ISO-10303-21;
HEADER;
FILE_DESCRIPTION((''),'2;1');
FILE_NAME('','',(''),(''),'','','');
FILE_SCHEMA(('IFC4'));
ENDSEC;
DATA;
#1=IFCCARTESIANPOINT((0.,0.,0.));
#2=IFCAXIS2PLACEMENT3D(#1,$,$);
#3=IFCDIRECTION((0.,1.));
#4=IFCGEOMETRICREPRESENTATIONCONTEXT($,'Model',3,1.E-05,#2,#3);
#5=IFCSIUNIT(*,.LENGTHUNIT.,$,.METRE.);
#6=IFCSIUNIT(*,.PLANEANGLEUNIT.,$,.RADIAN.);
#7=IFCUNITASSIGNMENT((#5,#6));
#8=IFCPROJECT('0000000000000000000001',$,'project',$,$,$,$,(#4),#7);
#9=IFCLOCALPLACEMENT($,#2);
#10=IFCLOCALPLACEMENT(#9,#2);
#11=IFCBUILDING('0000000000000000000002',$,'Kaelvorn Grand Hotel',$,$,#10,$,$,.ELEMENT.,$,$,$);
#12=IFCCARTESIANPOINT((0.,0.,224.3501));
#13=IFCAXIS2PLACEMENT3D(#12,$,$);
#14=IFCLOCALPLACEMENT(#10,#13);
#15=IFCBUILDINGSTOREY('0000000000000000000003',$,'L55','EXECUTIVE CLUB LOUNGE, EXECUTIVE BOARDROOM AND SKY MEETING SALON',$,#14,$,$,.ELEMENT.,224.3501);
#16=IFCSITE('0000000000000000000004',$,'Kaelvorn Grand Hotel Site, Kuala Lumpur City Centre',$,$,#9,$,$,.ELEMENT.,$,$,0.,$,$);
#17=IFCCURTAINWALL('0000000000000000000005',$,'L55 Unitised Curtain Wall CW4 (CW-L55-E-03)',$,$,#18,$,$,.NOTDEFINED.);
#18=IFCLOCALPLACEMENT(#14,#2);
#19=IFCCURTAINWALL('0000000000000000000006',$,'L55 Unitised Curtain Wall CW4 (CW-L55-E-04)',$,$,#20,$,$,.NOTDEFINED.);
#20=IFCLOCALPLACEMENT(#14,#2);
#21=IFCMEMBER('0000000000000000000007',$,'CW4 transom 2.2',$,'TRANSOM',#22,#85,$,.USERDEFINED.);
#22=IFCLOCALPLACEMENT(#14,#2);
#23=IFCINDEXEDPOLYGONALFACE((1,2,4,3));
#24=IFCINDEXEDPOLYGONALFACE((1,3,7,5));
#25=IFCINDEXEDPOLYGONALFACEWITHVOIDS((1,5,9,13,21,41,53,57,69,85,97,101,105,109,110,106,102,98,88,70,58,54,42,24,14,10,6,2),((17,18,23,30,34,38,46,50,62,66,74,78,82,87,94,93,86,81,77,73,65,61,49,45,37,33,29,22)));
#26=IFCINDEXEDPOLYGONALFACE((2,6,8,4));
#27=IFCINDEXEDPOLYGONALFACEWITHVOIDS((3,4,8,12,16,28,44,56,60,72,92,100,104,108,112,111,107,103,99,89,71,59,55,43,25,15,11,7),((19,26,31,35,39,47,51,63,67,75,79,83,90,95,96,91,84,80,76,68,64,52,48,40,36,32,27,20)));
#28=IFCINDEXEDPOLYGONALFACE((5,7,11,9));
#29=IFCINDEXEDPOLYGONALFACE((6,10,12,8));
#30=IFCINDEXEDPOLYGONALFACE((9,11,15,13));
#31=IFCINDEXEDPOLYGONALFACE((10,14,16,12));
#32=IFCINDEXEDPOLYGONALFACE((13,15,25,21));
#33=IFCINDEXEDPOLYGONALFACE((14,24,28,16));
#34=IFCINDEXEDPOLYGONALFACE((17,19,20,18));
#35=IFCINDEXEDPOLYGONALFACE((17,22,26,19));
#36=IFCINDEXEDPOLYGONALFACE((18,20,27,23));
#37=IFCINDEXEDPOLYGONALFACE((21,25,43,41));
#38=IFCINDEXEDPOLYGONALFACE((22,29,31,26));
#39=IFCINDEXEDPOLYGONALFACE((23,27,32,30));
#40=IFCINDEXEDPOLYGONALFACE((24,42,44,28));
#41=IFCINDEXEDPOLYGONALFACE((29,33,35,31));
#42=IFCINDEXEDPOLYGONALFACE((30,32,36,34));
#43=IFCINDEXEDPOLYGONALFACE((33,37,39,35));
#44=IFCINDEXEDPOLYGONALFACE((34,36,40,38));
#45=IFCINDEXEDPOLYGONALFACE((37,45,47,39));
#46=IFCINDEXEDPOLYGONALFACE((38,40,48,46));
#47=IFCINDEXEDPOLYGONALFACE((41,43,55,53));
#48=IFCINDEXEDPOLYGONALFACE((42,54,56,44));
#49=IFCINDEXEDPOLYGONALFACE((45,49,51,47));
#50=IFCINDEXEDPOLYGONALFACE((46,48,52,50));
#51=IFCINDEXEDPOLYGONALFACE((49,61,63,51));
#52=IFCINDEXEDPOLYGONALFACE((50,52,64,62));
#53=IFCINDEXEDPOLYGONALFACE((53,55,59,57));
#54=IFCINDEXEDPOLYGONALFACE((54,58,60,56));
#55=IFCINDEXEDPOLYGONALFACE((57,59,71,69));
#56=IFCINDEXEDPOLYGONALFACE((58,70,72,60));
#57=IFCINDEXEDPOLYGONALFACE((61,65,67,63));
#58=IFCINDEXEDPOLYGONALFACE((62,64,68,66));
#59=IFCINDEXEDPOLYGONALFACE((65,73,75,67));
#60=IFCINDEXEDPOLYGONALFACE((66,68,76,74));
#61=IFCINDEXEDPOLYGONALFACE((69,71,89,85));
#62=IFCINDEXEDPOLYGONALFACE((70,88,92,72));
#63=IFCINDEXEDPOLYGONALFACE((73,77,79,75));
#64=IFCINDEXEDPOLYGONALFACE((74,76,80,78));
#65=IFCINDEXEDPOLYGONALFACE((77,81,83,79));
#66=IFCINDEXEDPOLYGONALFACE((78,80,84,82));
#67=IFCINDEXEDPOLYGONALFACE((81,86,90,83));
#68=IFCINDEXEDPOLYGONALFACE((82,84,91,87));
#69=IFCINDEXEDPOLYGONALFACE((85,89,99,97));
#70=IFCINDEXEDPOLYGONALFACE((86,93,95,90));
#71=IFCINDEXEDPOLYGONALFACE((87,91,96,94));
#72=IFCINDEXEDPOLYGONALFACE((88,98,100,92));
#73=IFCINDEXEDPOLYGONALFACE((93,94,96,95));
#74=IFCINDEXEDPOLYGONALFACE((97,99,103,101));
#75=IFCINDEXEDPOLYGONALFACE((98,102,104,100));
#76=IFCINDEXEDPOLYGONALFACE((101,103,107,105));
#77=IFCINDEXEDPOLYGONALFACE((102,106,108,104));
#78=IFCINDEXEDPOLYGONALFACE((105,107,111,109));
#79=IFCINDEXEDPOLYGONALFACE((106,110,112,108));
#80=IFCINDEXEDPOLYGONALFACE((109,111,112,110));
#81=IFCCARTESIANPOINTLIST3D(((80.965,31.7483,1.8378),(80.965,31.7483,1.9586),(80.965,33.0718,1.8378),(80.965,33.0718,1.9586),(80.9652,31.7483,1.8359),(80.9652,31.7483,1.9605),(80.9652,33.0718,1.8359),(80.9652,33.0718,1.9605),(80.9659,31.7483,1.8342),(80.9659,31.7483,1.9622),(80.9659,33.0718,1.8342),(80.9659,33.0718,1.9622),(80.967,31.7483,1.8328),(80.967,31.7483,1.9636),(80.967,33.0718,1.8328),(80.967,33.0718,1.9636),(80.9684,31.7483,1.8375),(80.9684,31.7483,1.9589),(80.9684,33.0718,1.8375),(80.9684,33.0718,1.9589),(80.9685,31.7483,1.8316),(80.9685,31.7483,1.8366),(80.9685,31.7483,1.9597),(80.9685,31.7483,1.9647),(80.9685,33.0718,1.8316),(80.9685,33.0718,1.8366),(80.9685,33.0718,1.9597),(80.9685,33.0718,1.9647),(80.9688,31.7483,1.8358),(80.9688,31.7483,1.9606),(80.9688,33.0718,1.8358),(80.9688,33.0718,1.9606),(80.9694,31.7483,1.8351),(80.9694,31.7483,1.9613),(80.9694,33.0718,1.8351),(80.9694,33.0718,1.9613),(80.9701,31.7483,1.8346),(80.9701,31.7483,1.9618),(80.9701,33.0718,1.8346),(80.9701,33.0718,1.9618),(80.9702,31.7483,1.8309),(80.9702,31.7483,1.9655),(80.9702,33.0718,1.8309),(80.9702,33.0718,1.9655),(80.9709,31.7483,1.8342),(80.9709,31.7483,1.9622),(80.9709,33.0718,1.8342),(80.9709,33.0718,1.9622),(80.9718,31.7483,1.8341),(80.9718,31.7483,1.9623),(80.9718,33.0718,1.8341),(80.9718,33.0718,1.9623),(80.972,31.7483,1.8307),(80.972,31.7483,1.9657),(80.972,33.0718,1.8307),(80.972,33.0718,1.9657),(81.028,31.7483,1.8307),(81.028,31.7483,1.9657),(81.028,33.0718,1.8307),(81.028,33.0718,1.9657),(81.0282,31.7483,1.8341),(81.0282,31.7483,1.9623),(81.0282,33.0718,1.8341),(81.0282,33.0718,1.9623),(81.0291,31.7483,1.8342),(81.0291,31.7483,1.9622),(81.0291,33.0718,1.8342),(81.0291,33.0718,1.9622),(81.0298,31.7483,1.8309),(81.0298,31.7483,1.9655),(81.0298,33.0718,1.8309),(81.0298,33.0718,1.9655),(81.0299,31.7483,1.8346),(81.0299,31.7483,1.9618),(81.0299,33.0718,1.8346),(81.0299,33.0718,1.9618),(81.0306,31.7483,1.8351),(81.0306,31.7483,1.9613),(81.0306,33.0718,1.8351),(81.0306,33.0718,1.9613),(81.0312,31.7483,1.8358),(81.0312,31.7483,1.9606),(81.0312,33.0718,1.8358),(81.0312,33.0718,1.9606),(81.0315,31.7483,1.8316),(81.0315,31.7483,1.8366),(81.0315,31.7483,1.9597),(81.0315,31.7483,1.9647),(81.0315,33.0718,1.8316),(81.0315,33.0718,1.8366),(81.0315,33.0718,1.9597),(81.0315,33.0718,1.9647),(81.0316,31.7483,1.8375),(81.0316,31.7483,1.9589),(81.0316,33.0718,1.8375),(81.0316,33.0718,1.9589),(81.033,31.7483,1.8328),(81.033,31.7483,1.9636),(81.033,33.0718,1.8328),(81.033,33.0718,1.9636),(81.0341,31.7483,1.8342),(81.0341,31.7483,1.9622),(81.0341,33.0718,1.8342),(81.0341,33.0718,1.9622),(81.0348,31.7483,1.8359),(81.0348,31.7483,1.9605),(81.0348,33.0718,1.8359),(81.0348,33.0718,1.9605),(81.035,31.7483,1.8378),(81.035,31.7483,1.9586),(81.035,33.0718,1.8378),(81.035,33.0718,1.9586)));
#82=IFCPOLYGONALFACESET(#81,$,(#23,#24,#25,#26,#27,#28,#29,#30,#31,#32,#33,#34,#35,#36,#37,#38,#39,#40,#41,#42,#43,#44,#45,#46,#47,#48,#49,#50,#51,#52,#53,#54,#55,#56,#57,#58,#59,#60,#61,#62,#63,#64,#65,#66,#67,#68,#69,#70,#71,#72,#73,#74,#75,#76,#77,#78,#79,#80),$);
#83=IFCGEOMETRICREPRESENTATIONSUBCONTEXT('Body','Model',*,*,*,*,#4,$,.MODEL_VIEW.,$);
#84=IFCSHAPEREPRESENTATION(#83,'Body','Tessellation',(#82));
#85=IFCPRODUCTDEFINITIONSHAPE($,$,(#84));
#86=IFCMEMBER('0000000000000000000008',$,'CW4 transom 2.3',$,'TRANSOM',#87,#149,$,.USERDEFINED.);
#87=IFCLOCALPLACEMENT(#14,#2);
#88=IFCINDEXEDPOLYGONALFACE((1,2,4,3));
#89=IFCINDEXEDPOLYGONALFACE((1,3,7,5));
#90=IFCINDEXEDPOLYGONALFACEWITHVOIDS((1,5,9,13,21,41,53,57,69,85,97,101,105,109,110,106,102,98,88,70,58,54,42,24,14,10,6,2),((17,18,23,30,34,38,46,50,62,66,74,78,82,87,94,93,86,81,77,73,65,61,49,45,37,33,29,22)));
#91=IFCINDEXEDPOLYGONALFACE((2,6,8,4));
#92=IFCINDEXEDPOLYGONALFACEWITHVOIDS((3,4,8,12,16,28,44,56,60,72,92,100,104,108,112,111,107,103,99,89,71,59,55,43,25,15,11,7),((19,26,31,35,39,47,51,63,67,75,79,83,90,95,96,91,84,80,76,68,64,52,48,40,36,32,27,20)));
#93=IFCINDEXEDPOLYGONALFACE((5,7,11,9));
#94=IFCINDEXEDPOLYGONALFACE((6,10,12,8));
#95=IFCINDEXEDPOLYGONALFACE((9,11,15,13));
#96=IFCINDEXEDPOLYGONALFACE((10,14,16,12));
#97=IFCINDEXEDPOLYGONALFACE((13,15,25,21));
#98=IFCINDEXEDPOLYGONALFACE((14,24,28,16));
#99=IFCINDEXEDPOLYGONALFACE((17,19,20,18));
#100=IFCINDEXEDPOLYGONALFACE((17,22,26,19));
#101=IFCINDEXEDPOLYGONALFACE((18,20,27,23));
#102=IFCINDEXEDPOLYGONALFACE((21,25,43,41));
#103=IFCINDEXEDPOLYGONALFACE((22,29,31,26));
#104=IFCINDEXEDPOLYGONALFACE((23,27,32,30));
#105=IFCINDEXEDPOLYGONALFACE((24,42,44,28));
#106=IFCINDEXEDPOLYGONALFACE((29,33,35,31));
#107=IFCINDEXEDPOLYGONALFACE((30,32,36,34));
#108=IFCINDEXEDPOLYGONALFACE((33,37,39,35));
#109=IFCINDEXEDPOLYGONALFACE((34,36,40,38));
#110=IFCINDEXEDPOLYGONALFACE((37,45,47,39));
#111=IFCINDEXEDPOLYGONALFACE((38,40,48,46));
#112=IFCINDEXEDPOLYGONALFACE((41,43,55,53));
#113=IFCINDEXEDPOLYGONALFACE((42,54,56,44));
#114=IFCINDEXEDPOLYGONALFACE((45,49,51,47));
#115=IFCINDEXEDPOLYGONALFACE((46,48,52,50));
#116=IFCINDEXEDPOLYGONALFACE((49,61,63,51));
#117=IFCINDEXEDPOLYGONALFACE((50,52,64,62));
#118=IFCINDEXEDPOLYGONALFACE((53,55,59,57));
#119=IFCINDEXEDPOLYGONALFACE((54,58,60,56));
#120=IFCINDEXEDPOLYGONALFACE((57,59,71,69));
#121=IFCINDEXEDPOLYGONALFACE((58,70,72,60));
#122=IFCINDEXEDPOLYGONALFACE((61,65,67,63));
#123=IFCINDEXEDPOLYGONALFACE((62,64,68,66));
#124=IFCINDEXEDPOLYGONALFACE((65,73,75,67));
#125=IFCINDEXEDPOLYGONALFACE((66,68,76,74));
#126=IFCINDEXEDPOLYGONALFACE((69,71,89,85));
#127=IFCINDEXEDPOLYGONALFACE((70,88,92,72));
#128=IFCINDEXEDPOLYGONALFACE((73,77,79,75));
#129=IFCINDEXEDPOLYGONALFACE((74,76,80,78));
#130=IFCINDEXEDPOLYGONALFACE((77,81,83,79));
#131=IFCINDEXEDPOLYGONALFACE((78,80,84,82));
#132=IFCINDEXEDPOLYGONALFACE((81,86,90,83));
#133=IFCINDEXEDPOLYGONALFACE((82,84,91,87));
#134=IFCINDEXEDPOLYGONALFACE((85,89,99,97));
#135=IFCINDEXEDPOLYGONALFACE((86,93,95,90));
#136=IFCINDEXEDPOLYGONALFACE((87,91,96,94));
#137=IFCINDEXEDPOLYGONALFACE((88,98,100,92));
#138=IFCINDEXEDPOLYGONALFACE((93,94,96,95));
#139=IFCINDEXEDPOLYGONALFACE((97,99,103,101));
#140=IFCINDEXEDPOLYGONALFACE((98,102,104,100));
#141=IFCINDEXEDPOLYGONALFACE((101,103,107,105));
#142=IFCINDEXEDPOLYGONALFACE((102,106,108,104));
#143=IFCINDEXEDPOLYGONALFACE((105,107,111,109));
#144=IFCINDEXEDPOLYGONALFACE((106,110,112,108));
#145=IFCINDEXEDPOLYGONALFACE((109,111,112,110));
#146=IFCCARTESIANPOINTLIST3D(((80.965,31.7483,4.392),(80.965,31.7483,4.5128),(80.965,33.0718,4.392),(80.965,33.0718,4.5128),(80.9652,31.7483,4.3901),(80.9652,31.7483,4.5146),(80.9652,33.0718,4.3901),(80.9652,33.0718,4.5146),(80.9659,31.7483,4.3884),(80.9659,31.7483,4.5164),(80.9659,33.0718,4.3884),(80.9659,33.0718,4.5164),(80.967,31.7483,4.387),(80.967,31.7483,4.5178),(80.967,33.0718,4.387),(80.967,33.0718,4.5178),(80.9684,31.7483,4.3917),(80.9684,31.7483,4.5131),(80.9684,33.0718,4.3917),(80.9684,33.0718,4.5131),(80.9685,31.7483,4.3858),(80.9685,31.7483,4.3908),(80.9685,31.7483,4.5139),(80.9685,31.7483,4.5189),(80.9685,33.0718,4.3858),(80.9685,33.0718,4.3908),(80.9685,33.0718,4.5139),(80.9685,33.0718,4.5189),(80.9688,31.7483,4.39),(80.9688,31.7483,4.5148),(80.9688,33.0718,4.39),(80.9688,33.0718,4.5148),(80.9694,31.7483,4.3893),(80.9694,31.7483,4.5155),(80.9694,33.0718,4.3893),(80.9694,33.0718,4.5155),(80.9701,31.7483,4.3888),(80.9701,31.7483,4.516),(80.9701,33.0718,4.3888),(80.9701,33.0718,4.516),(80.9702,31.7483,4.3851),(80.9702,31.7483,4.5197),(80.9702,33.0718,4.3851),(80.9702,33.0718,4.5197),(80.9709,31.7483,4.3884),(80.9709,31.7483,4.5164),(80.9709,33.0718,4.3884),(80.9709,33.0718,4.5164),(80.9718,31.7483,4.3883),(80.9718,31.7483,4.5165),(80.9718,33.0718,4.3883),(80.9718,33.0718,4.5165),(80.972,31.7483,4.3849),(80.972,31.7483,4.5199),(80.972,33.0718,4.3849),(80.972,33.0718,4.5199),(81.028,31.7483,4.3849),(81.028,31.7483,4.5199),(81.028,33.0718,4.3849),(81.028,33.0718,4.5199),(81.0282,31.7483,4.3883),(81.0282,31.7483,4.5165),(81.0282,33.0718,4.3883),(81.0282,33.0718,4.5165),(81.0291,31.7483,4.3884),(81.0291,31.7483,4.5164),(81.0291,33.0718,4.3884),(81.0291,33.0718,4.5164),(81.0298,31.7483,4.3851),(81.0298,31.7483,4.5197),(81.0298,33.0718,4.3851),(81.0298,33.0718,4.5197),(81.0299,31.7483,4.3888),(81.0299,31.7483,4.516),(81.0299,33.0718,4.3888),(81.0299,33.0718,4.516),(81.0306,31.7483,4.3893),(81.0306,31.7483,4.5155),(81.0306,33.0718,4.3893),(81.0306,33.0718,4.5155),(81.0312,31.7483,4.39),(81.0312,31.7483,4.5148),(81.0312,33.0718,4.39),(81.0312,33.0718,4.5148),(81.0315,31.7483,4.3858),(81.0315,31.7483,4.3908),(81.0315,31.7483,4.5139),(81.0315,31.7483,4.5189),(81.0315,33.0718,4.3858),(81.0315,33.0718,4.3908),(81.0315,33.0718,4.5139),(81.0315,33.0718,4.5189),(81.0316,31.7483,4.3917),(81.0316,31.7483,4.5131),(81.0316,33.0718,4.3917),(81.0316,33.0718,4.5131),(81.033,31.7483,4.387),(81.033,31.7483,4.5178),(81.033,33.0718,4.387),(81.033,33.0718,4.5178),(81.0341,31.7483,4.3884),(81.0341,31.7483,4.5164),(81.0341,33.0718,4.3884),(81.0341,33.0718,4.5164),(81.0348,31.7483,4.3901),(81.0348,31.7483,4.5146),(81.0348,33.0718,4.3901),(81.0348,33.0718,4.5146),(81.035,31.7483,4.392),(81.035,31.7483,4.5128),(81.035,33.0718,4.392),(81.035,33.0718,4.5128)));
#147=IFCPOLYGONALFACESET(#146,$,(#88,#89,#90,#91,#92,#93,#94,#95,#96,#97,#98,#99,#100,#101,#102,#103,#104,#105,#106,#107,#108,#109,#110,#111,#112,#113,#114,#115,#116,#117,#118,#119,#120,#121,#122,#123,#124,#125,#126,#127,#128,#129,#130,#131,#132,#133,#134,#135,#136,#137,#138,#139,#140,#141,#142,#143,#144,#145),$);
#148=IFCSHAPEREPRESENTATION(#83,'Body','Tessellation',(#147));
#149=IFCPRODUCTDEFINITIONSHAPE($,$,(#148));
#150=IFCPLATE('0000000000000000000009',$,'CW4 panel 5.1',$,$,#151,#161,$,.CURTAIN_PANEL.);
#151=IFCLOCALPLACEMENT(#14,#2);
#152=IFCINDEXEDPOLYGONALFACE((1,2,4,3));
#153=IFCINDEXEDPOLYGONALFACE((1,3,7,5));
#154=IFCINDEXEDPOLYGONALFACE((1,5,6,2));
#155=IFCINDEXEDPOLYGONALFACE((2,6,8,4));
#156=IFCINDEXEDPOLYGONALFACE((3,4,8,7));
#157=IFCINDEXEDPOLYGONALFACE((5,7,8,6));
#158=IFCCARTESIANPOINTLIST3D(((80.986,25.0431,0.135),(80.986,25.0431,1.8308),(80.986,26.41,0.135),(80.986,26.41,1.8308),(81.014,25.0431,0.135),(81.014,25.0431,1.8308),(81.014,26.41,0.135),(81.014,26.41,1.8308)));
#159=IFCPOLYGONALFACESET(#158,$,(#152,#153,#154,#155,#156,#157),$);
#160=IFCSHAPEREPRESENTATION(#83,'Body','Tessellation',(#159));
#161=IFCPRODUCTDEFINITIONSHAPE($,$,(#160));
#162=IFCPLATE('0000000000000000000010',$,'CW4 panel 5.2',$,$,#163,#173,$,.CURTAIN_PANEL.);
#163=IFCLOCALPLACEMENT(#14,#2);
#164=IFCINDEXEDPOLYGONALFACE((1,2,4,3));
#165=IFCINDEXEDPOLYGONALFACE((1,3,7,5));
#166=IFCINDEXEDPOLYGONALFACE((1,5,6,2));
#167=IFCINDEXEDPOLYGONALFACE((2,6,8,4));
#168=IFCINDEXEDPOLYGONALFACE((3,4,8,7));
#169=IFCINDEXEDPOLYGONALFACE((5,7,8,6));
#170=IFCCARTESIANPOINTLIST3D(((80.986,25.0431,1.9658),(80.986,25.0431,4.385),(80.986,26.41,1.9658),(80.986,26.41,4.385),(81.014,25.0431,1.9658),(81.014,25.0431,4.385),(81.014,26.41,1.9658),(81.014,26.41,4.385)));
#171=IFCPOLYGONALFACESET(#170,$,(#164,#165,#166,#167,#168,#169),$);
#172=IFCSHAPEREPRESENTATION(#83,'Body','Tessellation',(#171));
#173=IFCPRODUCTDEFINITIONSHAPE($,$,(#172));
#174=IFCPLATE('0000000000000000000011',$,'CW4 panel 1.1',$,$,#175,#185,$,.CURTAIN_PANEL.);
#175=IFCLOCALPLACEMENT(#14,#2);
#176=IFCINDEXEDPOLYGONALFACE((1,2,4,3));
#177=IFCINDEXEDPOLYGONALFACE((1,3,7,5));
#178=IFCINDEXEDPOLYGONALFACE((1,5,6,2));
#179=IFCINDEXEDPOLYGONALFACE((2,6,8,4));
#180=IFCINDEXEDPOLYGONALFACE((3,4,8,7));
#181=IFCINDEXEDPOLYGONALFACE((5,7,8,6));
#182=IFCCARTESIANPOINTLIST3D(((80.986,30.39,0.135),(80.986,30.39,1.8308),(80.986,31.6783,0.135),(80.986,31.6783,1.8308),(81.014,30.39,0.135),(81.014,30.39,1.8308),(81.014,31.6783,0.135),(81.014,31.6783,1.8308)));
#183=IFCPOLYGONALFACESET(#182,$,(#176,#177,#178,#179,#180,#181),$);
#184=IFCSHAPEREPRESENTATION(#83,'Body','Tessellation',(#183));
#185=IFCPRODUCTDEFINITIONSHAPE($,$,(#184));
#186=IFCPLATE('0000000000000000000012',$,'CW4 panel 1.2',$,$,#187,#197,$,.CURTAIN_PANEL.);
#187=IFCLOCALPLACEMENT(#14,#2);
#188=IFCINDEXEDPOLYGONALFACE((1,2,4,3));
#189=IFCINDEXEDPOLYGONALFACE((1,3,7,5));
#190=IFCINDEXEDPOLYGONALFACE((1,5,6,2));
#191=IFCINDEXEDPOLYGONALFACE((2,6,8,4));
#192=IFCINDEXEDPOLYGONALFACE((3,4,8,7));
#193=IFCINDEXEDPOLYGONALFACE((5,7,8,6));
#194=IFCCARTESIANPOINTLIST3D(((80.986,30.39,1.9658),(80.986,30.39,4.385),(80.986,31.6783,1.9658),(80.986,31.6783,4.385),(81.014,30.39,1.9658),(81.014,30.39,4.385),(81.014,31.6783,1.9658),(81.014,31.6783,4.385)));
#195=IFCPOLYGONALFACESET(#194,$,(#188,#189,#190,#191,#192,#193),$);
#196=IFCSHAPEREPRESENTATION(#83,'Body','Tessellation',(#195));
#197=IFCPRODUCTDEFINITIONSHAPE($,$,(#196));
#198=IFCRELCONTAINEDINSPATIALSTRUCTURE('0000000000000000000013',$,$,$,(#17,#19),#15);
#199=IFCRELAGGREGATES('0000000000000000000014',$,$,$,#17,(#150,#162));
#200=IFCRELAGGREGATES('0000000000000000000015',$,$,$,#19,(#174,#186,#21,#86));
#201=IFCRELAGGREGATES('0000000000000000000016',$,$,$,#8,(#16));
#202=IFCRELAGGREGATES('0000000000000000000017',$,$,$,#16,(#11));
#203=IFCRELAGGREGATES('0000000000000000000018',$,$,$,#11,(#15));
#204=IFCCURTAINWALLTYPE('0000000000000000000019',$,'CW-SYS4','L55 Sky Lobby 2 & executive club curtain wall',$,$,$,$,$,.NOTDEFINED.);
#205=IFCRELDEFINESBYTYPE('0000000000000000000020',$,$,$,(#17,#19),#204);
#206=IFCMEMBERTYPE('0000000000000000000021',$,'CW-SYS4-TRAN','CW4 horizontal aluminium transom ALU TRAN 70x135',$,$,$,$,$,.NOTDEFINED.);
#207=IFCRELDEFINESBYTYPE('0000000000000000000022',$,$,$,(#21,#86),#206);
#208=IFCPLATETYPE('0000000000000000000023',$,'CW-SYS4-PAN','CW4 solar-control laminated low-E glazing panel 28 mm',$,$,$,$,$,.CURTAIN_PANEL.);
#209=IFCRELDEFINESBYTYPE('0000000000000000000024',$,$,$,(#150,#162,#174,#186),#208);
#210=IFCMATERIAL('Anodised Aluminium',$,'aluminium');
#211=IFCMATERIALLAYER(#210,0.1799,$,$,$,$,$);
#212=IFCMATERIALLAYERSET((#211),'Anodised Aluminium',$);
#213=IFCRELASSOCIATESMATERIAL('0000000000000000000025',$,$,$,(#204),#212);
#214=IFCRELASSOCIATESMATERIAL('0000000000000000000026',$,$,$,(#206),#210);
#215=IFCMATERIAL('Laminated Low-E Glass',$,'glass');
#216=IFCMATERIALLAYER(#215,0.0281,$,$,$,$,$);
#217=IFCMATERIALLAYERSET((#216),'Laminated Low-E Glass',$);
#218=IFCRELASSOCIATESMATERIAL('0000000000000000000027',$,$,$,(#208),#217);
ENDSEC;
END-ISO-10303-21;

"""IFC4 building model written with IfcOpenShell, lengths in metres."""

from ifc_helpers import new_model, si_unit, direction, frame, origin, origin_2d, place, context, subcontext, project, spatial, rectangle, hollow_rectangle, extrude, material, layer, layer_set, material_profile, profile_set, type_object, element, aggregate, save


model = new_model("IFC4")

# Units and contexts
model_context = context("Model", 3, precision=1e-05, world=origin(), true_north=direction((0.0, 1.0)))
body_context = subcontext(model_context, "Body", "Model", "MODEL_VIEW")
ifc_project = project(units=[si_unit("LENGTHUNIT", "METRE"), si_unit("PLANEANGLEUNIT", "RADIAN")], contexts=[model_context])

# Site, building, storey
site_placement = place(None, origin())
site = spatial("IfcSite", under=ifc_project, at=site_placement, Name="Kaelvorn Grand Hotel Site, Kuala Lumpur City Centre", CompositionType="ELEMENT", RefElevation=0.0)
building_placement = place(site_placement, origin())
building = spatial("IfcBuilding", under=site, at=building_placement, Name="Kaelvorn Grand Hotel", CompositionType="ELEMENT")
storey_placement = place(building_placement, frame((0.0, 0.0, 224.3501)))
storey = spatial("IfcBuildingStorey", under=building, at=storey_placement, Name="L55", Description="EXECUTIVE CLUB LOUNGE, EXECUTIVE BOARDROOM AND SKY MEETING SALON", CompositionType="ELEMENT", Elevation=224.3501)

# Curtain wall
ifc_material_1 = material(Name="Anodised Aluminium", Category="aluminium")
ifc_layer_1 = layer(ifc_material_1, 0.1799)
ifc_layer_set_1 = layer_set([ifc_layer_1], Name="Anodised Aluminium")
curtain_wall_type = type_object("IfcCurtainWallType", Name="CW-SYS4", Description="L55 Sky Lobby 2 & executive club curtain wall", PredefinedType="NOTDEFINED", material=ifc_layer_set_1)
curtain_wall_1_placement = place(storey_placement, origin())
curtain_wall_1 = element("IfcCurtainWall", 1, at=curtain_wall_1_placement, inside=storey, type_object=curtain_wall_type, Name="L55 Unitised Curtain Wall CW4 (CW-L55-E-03)", PredefinedType="NOTDEFINED")

# Curtain wall
curtain_wall_2_placement = place(storey_placement, origin())
curtain_wall_2 = element("IfcCurtainWall", 2, at=curtain_wall_2_placement, inside=storey, type_object=curtain_wall_type, Name="L55 Unitised Curtain Wall CW4 (CW-L55-E-04)", PredefinedType="NOTDEFINED")

# Members
ifc_material_profile_1 = material_profile(ifc_material_1, hollow_rectangle(XDim=0.0701, YDim=0.135, WallThickness=0.0034, InnerFilletRadius=0.0034, OuterFilletRadius=0.0071, at=origin_2d()), Name="ALU TRAN 70x135")
ifc_profile_set_1 = profile_set([ifc_material_profile_1], Name="Anodised Aluminium")
member_type_1 = type_object("IfcMemberType", Name="CW-SYS4-TRAN", Description="CW4 horizontal aluminium transom ALU TRAN 70x135", PredefinedType="NOTDEFINED", material=ifc_profile_set_1)
member_1_placement = place(storey_placement, frame((81.0, 31.7483, 1.8982), z_axis=(0.0, 1.0, 0.0), x_axis=(-1.0, 0.0, 0.0)))
member_1 = element("IfcMember", 3, at=member_1_placement, type_object=member_type_1, Name="CW4 transom 2.2", ObjectType="TRANSOM", PredefinedType="USERDEFINED", context=body_context, shape_type="SweptSolid", body=[
    extrude(hollow_rectangle(XDim=0.0701, YDim=0.135, WallThickness=0.0034, InnerFilletRadius=0.0034, OuterFilletRadius=0.0071, at=origin_2d()), origin(), (0.0, 0.0, 1.0), 1.3235),
])
member_2_placement = place(storey_placement, frame((81.0, 31.7483, 4.4524), z_axis=(0.0, 1.0, 0.0), x_axis=(-1.0, 0.0, 0.0)))
member_2 = element("IfcMember", 4, at=member_2_placement, type_object=member_type_1, Name="CW4 transom 2.3", ObjectType="TRANSOM", PredefinedType="USERDEFINED", context=body_context, shape_type="SweptSolid", body=[
    extrude(hollow_rectangle(XDim=0.0701, YDim=0.135, WallThickness=0.0034, InnerFilletRadius=0.0034, OuterFilletRadius=0.0071, at=origin_2d()), origin(), (0.0, 0.0, 1.0), 1.3235),
])

# Plates
ifc_material_2 = material(Name="Laminated Low-E Glass", Category="glass")
ifc_layer_2 = layer(ifc_material_2, 0.0281)
ifc_layer_set_2 = layer_set([ifc_layer_2], Name="Laminated Low-E Glass")
plate_type = type_object("IfcPlateType", Name="CW-SYS4-PAN", Description="CW4 solar-control laminated low-E glazing panel 28 mm", PredefinedType="CURTAIN_PANEL", material=ifc_layer_set_2)
plate_1_placement = place(storey_placement, frame((81.0, 25.7266, 0.135), z_axis=(0.0, 0.0, 1.0), x_axis=(0.0, 1.0, 0.0)))
plate_1 = element("IfcPlate", 5, at=plate_1_placement, type_object=plate_type, Name="CW4 panel 5.1", PredefinedType="CURTAIN_PANEL", context=body_context, shape_type="SweptSolid", body=[
    extrude(rectangle(XDim=1.3669, YDim=0.0281, at=origin_2d()), origin(), (0.0, 0.0, 1.0), 1.6958),
])
plate_2_placement = place(storey_placement, frame((81.0, 25.7266, 1.9658), z_axis=(0.0, 0.0, 1.0), x_axis=(0.0, 1.0, 0.0)))
plate_2 = element("IfcPlate", 6, at=plate_2_placement, type_object=plate_type, Name="CW4 panel 5.2", PredefinedType="CURTAIN_PANEL", context=body_context, shape_type="SweptSolid", body=[
    extrude(rectangle(XDim=1.3669, YDim=0.0281, at=origin_2d()), origin(), (0.0, 0.0, 1.0), 2.4192),
])
aggregate(curtain_wall_1, [plate_1, plate_2])
plate_3_placement = place(storey_placement, frame((81.0, 31.0342, 0.135), z_axis=(0.0, 0.0, 1.0), x_axis=(0.0, 1.0, 0.0)))
plate_3 = element("IfcPlate", 7, at=plate_3_placement, type_object=plate_type, Name="CW4 panel 1.1", PredefinedType="CURTAIN_PANEL", context=body_context, shape_type="SweptSolid", body=[
    extrude(rectangle(XDim=1.2883, YDim=0.0281, at=origin_2d()), origin(), (0.0, 0.0, 1.0), 1.6958),
])
plate_4_placement = place(storey_placement, frame((81.0, 31.0342, 1.9658), z_axis=(0.0, 0.0, 1.0), x_axis=(0.0, 1.0, 0.0)))
plate_4 = element("IfcPlate", 8, at=plate_4_placement, type_object=plate_type, Name="CW4 panel 1.2", PredefinedType="CURTAIN_PANEL", context=body_context, shape_type="SweptSolid", body=[
    extrude(rectangle(XDim=1.2883, YDim=0.0281, at=origin_2d()), origin(), (0.0, 0.0, 1.0), 2.4192),
])
aggregate(curtain_wall_2, [plate_3, plate_4, member_1, member_2])

save(model, "model.ifc")
